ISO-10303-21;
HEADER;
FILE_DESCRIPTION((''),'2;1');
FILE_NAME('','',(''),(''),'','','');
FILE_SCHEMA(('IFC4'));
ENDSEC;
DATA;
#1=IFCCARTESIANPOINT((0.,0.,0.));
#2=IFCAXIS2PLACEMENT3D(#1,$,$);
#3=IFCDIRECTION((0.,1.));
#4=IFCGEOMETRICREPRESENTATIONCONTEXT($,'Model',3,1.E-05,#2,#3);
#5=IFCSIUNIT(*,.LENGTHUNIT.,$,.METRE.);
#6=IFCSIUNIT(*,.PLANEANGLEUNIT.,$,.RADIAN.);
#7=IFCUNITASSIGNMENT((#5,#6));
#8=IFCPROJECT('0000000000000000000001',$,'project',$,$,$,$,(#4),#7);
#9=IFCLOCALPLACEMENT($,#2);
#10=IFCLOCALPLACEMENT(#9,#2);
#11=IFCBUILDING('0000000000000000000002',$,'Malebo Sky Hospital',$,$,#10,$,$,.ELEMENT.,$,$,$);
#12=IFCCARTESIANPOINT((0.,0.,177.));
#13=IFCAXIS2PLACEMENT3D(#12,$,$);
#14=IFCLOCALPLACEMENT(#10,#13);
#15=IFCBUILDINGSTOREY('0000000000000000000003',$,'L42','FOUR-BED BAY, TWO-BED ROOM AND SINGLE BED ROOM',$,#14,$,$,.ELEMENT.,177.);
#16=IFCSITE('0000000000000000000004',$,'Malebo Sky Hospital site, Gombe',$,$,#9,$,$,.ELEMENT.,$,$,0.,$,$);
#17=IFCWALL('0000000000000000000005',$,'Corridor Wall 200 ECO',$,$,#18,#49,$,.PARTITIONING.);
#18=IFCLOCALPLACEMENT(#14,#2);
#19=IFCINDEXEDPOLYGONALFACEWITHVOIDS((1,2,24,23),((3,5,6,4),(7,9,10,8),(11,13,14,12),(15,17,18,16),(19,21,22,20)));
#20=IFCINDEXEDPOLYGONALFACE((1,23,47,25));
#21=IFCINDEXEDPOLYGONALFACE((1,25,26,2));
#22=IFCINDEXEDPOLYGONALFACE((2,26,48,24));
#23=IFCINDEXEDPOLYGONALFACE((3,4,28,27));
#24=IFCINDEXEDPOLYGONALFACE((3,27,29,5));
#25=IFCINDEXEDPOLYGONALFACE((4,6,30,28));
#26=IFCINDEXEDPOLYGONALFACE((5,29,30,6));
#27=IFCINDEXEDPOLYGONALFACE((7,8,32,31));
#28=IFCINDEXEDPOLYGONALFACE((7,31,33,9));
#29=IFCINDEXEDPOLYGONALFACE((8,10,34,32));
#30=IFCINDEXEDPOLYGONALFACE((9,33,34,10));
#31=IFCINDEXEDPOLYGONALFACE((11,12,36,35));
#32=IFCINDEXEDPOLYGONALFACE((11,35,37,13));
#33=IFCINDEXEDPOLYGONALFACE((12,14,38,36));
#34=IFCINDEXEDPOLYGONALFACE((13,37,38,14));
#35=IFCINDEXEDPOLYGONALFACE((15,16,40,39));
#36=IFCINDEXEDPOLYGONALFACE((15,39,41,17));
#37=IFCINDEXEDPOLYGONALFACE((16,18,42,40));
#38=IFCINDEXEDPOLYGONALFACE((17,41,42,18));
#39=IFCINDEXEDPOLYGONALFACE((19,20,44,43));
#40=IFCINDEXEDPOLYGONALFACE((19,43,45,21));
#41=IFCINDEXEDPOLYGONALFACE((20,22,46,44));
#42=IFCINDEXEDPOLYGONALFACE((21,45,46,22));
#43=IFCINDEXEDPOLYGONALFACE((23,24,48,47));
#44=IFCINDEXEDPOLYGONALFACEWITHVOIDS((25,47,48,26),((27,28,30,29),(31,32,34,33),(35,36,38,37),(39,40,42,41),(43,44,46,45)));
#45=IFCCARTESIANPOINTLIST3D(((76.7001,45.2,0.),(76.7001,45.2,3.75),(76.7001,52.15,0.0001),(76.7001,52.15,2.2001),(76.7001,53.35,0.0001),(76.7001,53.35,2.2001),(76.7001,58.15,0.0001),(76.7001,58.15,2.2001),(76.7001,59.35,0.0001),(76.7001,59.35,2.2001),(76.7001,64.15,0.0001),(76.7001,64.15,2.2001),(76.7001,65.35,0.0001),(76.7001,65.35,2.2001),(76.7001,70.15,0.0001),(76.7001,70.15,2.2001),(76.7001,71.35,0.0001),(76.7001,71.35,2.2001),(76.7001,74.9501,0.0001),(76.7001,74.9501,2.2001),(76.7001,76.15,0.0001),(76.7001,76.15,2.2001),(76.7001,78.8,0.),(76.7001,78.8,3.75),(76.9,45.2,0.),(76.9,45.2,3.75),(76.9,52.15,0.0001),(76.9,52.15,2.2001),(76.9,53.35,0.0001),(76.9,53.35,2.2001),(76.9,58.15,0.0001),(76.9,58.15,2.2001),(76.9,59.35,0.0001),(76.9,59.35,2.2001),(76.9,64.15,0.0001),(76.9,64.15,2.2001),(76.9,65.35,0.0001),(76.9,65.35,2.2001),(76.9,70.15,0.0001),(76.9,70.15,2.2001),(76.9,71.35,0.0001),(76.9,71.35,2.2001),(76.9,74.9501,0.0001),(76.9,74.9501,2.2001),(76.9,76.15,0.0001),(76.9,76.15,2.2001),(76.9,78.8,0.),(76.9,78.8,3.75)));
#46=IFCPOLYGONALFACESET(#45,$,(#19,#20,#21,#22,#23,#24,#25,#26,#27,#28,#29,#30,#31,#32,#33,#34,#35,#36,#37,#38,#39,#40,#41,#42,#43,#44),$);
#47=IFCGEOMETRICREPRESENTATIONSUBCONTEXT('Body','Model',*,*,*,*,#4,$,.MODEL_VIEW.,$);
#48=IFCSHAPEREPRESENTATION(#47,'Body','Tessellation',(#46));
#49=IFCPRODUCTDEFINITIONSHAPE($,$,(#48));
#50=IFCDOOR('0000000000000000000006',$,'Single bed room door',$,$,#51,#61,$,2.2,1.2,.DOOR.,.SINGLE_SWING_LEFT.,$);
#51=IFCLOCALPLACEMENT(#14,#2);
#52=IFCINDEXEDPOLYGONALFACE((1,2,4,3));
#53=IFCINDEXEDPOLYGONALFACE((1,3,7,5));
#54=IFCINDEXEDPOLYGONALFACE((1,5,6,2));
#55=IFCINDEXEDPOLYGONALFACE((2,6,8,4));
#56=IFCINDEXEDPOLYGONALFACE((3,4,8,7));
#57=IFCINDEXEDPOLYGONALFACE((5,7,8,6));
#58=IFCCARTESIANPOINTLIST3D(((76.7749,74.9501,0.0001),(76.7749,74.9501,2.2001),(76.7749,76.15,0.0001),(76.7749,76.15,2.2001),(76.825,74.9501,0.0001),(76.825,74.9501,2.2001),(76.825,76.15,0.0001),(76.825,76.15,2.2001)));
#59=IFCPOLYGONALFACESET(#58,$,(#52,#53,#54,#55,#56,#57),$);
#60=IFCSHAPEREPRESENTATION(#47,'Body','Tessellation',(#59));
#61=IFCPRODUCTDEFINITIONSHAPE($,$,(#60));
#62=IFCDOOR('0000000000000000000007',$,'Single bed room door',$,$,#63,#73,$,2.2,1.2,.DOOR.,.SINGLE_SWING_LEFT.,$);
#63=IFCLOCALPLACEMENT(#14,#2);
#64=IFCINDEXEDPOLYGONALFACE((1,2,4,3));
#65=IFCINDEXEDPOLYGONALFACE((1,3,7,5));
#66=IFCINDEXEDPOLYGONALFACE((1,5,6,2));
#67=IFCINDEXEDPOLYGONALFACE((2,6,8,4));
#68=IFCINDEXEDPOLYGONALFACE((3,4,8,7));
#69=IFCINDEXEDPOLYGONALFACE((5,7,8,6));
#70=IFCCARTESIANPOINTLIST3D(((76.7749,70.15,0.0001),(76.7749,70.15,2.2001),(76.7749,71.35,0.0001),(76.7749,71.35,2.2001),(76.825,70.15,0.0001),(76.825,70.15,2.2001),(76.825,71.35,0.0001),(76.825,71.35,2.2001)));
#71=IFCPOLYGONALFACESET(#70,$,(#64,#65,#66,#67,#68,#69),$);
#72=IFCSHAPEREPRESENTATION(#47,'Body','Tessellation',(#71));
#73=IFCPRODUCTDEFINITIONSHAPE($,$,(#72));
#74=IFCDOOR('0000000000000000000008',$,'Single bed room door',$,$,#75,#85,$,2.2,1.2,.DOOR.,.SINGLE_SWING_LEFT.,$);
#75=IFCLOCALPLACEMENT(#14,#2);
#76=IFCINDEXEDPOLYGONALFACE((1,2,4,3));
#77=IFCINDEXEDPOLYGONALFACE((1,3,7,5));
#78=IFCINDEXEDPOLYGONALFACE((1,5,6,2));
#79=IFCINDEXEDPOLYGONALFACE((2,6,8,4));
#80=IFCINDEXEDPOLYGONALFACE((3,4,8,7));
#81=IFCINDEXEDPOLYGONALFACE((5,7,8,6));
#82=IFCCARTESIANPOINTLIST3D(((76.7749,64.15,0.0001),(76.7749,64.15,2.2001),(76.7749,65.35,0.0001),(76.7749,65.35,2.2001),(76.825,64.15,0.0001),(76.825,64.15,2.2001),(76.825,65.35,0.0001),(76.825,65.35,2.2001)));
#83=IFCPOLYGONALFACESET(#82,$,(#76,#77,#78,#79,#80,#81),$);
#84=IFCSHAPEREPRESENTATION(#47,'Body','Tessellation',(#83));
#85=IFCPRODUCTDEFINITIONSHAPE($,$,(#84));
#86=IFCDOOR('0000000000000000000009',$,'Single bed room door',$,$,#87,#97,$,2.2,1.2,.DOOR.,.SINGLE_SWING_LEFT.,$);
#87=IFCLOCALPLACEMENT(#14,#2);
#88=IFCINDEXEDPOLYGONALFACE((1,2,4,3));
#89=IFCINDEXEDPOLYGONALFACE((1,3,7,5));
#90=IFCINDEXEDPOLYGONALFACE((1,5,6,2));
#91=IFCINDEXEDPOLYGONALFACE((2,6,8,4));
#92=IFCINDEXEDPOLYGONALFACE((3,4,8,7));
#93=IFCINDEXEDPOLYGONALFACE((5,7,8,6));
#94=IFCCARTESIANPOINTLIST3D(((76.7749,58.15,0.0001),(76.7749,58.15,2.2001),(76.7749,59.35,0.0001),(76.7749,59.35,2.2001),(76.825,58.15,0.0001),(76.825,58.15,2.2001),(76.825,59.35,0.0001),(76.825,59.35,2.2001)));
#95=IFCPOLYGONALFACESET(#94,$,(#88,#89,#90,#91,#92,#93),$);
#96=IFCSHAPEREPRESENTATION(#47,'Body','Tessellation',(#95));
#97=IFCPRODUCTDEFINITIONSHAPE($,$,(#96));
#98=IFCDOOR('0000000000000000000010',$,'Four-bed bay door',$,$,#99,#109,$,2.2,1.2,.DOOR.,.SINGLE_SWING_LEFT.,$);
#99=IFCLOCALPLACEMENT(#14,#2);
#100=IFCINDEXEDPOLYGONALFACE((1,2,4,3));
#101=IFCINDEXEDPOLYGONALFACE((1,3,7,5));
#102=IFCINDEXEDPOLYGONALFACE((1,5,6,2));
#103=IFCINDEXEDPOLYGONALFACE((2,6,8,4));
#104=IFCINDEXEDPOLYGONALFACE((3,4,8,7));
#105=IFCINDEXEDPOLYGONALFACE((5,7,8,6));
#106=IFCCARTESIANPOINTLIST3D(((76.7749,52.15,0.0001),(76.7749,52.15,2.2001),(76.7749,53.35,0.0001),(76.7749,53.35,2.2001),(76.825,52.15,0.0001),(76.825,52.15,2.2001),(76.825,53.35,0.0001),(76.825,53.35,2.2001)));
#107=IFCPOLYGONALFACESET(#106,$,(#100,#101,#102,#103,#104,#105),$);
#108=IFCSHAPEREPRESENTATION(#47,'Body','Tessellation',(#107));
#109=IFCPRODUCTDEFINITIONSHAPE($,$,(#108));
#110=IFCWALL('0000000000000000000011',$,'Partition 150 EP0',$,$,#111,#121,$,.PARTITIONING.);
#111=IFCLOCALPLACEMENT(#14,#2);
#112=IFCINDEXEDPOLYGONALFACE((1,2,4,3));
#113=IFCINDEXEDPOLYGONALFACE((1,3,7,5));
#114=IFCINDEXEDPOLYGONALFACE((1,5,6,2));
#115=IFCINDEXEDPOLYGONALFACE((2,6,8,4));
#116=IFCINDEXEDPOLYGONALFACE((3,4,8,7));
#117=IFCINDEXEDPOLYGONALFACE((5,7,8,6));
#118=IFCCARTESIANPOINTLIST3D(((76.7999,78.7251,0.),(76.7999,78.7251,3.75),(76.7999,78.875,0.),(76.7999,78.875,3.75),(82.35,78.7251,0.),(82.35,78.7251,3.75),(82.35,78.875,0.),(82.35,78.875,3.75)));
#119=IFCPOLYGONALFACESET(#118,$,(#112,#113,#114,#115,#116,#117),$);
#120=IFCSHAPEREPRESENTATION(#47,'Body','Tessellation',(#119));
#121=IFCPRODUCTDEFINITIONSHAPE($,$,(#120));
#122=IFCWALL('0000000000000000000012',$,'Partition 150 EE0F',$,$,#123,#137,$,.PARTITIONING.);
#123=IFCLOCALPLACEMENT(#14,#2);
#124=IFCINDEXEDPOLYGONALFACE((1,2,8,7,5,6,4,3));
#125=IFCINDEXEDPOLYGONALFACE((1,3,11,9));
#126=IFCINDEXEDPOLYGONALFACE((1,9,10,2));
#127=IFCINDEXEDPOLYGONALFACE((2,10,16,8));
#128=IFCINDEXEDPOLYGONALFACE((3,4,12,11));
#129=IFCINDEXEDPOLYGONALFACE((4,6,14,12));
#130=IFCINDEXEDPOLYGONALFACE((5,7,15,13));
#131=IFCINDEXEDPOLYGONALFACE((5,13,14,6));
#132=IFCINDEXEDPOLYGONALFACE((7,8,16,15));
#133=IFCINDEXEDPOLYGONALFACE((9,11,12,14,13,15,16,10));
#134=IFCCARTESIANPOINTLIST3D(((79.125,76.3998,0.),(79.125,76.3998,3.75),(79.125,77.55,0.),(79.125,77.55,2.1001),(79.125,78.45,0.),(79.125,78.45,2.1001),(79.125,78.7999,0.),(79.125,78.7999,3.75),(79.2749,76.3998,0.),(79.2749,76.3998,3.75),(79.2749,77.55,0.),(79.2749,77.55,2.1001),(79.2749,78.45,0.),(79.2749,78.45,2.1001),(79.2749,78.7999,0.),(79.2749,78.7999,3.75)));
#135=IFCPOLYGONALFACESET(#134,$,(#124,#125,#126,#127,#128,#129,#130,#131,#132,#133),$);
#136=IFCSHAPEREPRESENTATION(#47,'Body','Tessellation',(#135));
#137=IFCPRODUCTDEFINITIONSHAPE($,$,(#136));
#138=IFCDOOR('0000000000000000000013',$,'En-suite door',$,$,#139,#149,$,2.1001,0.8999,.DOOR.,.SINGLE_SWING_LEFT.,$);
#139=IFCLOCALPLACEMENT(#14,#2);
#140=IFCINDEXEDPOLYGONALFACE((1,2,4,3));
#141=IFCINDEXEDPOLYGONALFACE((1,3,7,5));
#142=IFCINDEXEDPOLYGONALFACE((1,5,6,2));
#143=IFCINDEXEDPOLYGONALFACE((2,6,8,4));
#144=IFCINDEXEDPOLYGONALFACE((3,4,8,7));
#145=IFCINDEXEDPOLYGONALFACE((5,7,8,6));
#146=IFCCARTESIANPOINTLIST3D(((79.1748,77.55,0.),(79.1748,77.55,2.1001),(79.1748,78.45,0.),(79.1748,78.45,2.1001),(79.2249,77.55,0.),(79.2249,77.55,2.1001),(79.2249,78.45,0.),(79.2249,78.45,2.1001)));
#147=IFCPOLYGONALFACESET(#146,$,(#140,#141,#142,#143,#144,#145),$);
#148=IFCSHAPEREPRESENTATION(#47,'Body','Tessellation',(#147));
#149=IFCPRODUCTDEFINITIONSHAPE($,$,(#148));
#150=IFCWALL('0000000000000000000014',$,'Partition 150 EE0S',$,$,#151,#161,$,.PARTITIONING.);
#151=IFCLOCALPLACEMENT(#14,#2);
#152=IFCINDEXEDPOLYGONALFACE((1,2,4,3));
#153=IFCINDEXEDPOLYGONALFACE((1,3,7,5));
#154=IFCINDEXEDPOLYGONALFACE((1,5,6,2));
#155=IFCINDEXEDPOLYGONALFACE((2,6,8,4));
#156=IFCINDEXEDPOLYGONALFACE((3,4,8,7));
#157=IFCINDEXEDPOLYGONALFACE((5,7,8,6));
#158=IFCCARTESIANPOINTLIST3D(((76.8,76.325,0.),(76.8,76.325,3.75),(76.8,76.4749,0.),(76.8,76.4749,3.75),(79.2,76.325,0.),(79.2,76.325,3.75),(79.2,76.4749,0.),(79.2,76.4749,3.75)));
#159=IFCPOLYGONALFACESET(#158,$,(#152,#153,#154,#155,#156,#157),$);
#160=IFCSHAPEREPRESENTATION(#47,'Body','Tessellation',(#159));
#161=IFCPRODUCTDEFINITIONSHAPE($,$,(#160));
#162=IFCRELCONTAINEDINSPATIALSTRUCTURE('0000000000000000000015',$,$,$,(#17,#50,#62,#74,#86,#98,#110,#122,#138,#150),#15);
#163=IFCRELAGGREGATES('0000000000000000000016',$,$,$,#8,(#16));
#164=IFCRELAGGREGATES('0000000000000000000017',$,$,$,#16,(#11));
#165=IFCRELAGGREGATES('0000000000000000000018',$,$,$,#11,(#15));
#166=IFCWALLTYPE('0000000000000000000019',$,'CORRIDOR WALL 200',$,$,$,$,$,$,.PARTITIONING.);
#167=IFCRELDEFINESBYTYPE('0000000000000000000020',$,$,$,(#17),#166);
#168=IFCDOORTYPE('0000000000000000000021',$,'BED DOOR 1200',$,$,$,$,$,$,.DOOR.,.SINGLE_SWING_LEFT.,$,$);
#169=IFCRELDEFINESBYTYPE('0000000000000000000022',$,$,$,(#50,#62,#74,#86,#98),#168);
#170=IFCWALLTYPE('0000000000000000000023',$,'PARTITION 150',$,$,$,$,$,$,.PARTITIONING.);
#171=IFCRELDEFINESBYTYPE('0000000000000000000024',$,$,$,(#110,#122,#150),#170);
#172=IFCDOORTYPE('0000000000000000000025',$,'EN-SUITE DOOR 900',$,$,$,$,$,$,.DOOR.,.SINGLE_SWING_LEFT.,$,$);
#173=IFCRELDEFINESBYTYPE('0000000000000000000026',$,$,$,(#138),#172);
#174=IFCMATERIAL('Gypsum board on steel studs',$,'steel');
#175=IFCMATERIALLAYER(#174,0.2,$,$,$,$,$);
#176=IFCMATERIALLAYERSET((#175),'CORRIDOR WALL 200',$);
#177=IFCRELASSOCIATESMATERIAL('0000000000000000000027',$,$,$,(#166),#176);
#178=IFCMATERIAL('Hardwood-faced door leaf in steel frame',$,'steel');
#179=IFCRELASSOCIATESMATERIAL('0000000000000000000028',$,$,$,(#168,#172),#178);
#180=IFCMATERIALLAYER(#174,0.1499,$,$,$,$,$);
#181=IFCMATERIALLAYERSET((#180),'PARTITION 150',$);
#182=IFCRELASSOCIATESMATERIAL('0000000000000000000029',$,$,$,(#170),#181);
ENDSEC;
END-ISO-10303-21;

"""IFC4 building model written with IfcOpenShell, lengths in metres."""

from ifc_helpers import new_model, si_unit, direction, frame, frame_2d, origin, place, context, subcontext, project, spatial, rectangle, extrude, material, layer, layer_set, type_object, element, fill, save


model = new_model("IFC4")

# Units and contexts
model_context = context("Model", 3, precision=1e-05, world=origin(), true_north=direction((0.0, 1.0)))
body_context = subcontext(model_context, "Body", "Model", "MODEL_VIEW")
ifc_project = project(units=[si_unit("LENGTHUNIT", "METRE"), si_unit("PLANEANGLEUNIT", "RADIAN")], contexts=[model_context])

# Site, building, storey
site_placement = place(None, origin())
site = spatial("IfcSite", under=ifc_project, at=site_placement, Name="Malebo Sky Hospital site, Gombe", CompositionType="ELEMENT", RefElevation=0.0)
building_placement = place(site_placement, origin())
building = spatial("IfcBuilding", under=site, at=building_placement, Name="Malebo Sky Hospital", CompositionType="ELEMENT")
storey_placement = place(building_placement, frame((0.0, 0.0, 177.0)))
storey = spatial("IfcBuildingStorey", under=building, at=storey_placement, Name="L42", Description="FOUR-BED BAY, TWO-BED ROOM AND SINGLE BED ROOM", CompositionType="ELEMENT", Elevation=177.0)

# Wall, openings, doors
ifc_material_1 = material(Name="Gypsum board on steel studs", Category="steel")
ifc_layer_1 = layer(ifc_material_1, 0.2)
ifc_layer_set_1 = layer_set([ifc_layer_1], Name="CORRIDOR WALL 200")
wall_type_1 = type_object("IfcWallType", Name="CORRIDOR WALL 200", PredefinedType="PARTITIONING", material=ifc_layer_set_1)
wall_1_placement = place(storey_placement, frame((76.8, 78.8, 0.0), z_axis=(0.0, 0.0, 1.0), x_axis=(0.0, -1.0, 0.0)))
wall_1 = element("IfcWall", 1, at=wall_1_placement, inside=storey, type_object=wall_type_1, Name="Corridor Wall 200 ECO", PredefinedType="PARTITIONING", context=body_context, shape_type="SweptSolid", body=[
    extrude(rectangle(XDim=33.6001, YDim=0.2, at=frame_2d((16.8, 0.0))), origin(), (0.0, 0.0, 1.0), 3.75),
])
opening_1_placement = place(wall_1_placement, frame((2.6499, 0.0, 0.0)))
opening_1 = element("IfcOpeningElement", 2, at=opening_1_placement, cuts=wall_1, PredefinedType="OPENING", context=body_context, shape_type="SweptSolid", body=[
    extrude(rectangle(XDim=1.2, YDim=2.2, at=frame_2d((0.6001, 1.1001))), frame((0.0, 0.1099, 0.0), z_axis=(0.0, -1.0, 0.0), x_axis=(1.0, 0.0, 0.0)), (0.0, 0.0, 1.0), 0.22),
])
opening_2_placement = place(wall_1_placement, frame((7.45, 0.0, 0.0)))
opening_2 = element("IfcOpeningElement", 3, at=opening_2_placement, cuts=wall_1, PredefinedType="OPENING", context=body_context, shape_type="SweptSolid", body=[
    extrude(rectangle(XDim=1.2, YDim=2.2, at=frame_2d((0.6001, 1.1001))), frame((0.0, 0.1099, 0.0), z_axis=(0.0, -1.0, 0.0), x_axis=(1.0, 0.0, 0.0)), (0.0, 0.0, 1.0), 0.22),
])
opening_3_placement = place(wall_1_placement, frame((13.45, 0.0, 0.0)))
opening_3 = element("IfcOpeningElement", 4, at=opening_3_placement, cuts=wall_1, PredefinedType="OPENING", context=body_context, shape_type="SweptSolid", body=[
    extrude(rectangle(XDim=1.2, YDim=2.2, at=frame_2d((0.6001, 1.1001))), frame((0.0, 0.1099, 0.0), z_axis=(0.0, -1.0, 0.0), x_axis=(1.0, 0.0, 0.0)), (0.0, 0.0, 1.0), 0.22),
])
opening_4_placement = place(wall_1_placement, frame((19.45, 0.0, 0.0)))
opening_4 = element("IfcOpeningElement", 5, at=opening_4_placement, cuts=wall_1, PredefinedType="OPENING", context=body_context, shape_type="SweptSolid", body=[
    extrude(rectangle(XDim=1.2, YDim=2.2, at=frame_2d((0.6001, 1.1001))), frame((0.0, 0.1099, 0.0), z_axis=(0.0, -1.0, 0.0), x_axis=(1.0, 0.0, 0.0)), (0.0, 0.0, 1.0), 0.22),
])
opening_5_placement = place(wall_1_placement, frame((25.45, 0.0, 0.0)))
opening_5 = element("IfcOpeningElement", 6, at=opening_5_placement, cuts=wall_1, PredefinedType="OPENING", context=body_context, shape_type="SweptSolid", body=[
    extrude(rectangle(XDim=1.2, YDim=2.2, at=frame_2d((0.6001, 1.1001))), frame((0.0, 0.1099, 0.0), z_axis=(0.0, -1.0, 0.0), x_axis=(1.0, 0.0, 0.0)), (0.0, 0.0, 1.0), 0.22),
])
ifc_material_2 = material(Name="Hardwood-faced door leaf in steel frame", Category="steel")
door_type_1 = type_object("IfcDoorType", Name="BED DOOR 1200", OperationType="SINGLE_SWING_LEFT", PredefinedType="DOOR", material=ifc_material_2)
door_1_placement = place(opening_1_placement, origin())
door_1 = element("IfcDoor", 7, at=door_1_placement, inside=storey, type_object=door_type_1, Name="Single bed room door", OperationType="SINGLE_SWING_LEFT", OverallHeight=2.2, OverallWidth=1.2, PredefinedType="DOOR", context=body_context, shape_type="SweptSolid", body=[
    extrude(rectangle(XDim=1.2, YDim=2.2, at=frame_2d((0.6001, 1.1001))), frame((0.0, 0.0249, 0.0), z_axis=(0.0, -1.0, 0.0), x_axis=(1.0, 0.0, 0.0)), (0.0, 0.0, 1.0), 0.05),
])
fill(opening_1, door_1)
door_2_placement = place(opening_2_placement, origin())
door_2 = element("IfcDoor", 8, at=door_2_placement, inside=storey, type_object=door_type_1, Name="Single bed room door", OperationType="SINGLE_SWING_LEFT", OverallHeight=2.2, OverallWidth=1.2, PredefinedType="DOOR", context=body_context, shape_type="SweptSolid", body=[
    extrude(rectangle(XDim=1.2, YDim=2.2, at=frame_2d((0.6001, 1.1001))), frame((0.0, 0.0249, 0.0), z_axis=(0.0, -1.0, 0.0), x_axis=(1.0, 0.0, 0.0)), (0.0, 0.0, 1.0), 0.05),
])
fill(opening_2, door_2)
door_3_placement = place(opening_3_placement, origin())
door_3 = element("IfcDoor", 9, at=door_3_placement, inside=storey, type_object=door_type_1, Name="Single bed room door", OperationType="SINGLE_SWING_LEFT", OverallHeight=2.2, OverallWidth=1.2, PredefinedType="DOOR", context=body_context, shape_type="SweptSolid", body=[
    extrude(rectangle(XDim=1.2, YDim=2.2, at=frame_2d((0.6001, 1.1001))), frame((0.0, 0.0249, 0.0), z_axis=(0.0, -1.0, 0.0), x_axis=(1.0, 0.0, 0.0)), (0.0, 0.0, 1.0), 0.05),
])
fill(opening_3, door_3)
door_4_placement = place(opening_4_placement, origin())
door_4 = element("IfcDoor", 10, at=door_4_placement, inside=storey, type_object=door_type_1, Name="Single bed room door", OperationType="SINGLE_SWING_LEFT", OverallHeight=2.2, OverallWidth=1.2, PredefinedType="DOOR", context=body_context, shape_type="SweptSolid", body=[
    extrude(rectangle(XDim=1.2, YDim=2.2, at=frame_2d((0.6001, 1.1001))), frame((0.0, 0.0249, 0.0), z_axis=(0.0, -1.0, 0.0), x_axis=(1.0, 0.0, 0.0)), (0.0, 0.0, 1.0), 0.05),
])
fill(opening_4, door_4)
door_5_placement = place(opening_5_placement, origin())
door_5 = element("IfcDoor", 11, at=door_5_placement, inside=storey, type_object=door_type_1, Name="Four-bed bay door", OperationType="SINGLE_SWING_LEFT", OverallHeight=2.2, OverallWidth=1.2, PredefinedType="DOOR", context=body_context, shape_type="SweptSolid", body=[
    extrude(rectangle(XDim=1.2, YDim=2.2, at=frame_2d((0.6001, 1.1001))), frame((0.0, 0.0249, 0.0), z_axis=(0.0, -1.0, 0.0), x_axis=(1.0, 0.0, 0.0)), (0.0, 0.0, 1.0), 0.05),
])
fill(opening_5, door_5)

# Wall
ifc_layer_2 = layer(ifc_material_1, 0.1499)
ifc_layer_set_2 = layer_set([ifc_layer_2], Name="PARTITION 150")
wall_type_2 = type_object("IfcWallType", Name="PARTITION 150", PredefinedType="PARTITIONING", material=ifc_layer_set_2)
wall_2_placement = place(storey_placement, frame((76.8, 78.8, 0.0), z_axis=(0.0, 0.0, 1.0), x_axis=(1.0, 0.0, 0.0)))
element("IfcWall", 12, at=wall_2_placement, inside=storey, type_object=wall_type_2, Name="Partition 150 EP0", PredefinedType="PARTITIONING", context=body_context, shape_type="SweptSolid", body=[
    extrude(rectangle(XDim=5.55, YDim=0.1499, at=frame_2d((2.7749, 0.0))), origin(), (0.0, 0.0, 1.0), 3.75),
])

# Wall, opening, door
wall_3_placement = place(storey_placement, frame((79.2, 78.8, 0.0), z_axis=(0.0, 0.0, 1.0), x_axis=(0.0, -1.0, 0.0)))
wall_3 = element("IfcWall", 13, at=wall_3_placement, inside=storey, type_object=wall_type_2, Name="Partition 150 EE0F", PredefinedType="PARTITIONING", context=body_context, shape_type="SweptSolid", body=[
    extrude(rectangle(XDim=2.4001, YDim=0.1499, at=frame_2d((1.2002, 0.0))), origin(), (0.0, 0.0, 1.0), 3.75),
])
opening_6_placement = place(wall_3_placement, frame((0.3501, 0.0, 0.0)))
opening_6 = element("IfcOpeningElement", 14, at=opening_6_placement, cuts=wall_3, PredefinedType="OPENING", context=body_context, shape_type="SweptSolid", body=[
    extrude(rectangle(XDim=0.8999, YDim=2.1001, at=frame_2d((0.45, 1.05))), frame((0.0, 0.085, 0.0), z_axis=(0.0, -1.0, 0.0), x_axis=(1.0, 0.0, 0.0)), (0.0, 0.0, 1.0), 0.1699),
])
door_type_2 = type_object("IfcDoorType", Name="EN-SUITE DOOR 900", OperationType="SINGLE_SWING_LEFT", PredefinedType="DOOR", material=ifc_material_2)
door_6_placement = place(opening_6_placement, origin())
door_6 = element("IfcDoor", 15, at=door_6_placement, inside=storey, type_object=door_type_2, Name="En-suite door", OperationType="SINGLE_SWING_LEFT", OverallHeight=2.1001, OverallWidth=0.8999, PredefinedType="DOOR", context=body_context, shape_type="SweptSolid", body=[
    extrude(rectangle(XDim=0.8999, YDim=2.1001, at=frame_2d((0.45, 1.05))), frame((0.0, 0.0249, 0.0), z_axis=(0.0, -1.0, 0.0), x_axis=(1.0, 0.0, 0.0)), (0.0, 0.0, 1.0), 0.05),
])
fill(opening_6, door_6)

# Wall
wall_4_placement = place(storey_placement, frame((76.8, 76.3999, 0.0), z_axis=(0.0, 0.0, 1.0), x_axis=(1.0, 0.0, 0.0)))
element("IfcWall", 16, at=wall_4_placement, inside=storey, type_object=wall_type_2, Name="Partition 150 EE0S", PredefinedType="PARTITIONING", context=body_context, shape_type="SweptSolid", body=[
    extrude(rectangle(XDim=2.3999, YDim=0.1499, at=frame_2d((1.2, 0.0))), origin(), (0.0, 0.0, 1.0), 3.75),
])

save(model, "model.ifc")
